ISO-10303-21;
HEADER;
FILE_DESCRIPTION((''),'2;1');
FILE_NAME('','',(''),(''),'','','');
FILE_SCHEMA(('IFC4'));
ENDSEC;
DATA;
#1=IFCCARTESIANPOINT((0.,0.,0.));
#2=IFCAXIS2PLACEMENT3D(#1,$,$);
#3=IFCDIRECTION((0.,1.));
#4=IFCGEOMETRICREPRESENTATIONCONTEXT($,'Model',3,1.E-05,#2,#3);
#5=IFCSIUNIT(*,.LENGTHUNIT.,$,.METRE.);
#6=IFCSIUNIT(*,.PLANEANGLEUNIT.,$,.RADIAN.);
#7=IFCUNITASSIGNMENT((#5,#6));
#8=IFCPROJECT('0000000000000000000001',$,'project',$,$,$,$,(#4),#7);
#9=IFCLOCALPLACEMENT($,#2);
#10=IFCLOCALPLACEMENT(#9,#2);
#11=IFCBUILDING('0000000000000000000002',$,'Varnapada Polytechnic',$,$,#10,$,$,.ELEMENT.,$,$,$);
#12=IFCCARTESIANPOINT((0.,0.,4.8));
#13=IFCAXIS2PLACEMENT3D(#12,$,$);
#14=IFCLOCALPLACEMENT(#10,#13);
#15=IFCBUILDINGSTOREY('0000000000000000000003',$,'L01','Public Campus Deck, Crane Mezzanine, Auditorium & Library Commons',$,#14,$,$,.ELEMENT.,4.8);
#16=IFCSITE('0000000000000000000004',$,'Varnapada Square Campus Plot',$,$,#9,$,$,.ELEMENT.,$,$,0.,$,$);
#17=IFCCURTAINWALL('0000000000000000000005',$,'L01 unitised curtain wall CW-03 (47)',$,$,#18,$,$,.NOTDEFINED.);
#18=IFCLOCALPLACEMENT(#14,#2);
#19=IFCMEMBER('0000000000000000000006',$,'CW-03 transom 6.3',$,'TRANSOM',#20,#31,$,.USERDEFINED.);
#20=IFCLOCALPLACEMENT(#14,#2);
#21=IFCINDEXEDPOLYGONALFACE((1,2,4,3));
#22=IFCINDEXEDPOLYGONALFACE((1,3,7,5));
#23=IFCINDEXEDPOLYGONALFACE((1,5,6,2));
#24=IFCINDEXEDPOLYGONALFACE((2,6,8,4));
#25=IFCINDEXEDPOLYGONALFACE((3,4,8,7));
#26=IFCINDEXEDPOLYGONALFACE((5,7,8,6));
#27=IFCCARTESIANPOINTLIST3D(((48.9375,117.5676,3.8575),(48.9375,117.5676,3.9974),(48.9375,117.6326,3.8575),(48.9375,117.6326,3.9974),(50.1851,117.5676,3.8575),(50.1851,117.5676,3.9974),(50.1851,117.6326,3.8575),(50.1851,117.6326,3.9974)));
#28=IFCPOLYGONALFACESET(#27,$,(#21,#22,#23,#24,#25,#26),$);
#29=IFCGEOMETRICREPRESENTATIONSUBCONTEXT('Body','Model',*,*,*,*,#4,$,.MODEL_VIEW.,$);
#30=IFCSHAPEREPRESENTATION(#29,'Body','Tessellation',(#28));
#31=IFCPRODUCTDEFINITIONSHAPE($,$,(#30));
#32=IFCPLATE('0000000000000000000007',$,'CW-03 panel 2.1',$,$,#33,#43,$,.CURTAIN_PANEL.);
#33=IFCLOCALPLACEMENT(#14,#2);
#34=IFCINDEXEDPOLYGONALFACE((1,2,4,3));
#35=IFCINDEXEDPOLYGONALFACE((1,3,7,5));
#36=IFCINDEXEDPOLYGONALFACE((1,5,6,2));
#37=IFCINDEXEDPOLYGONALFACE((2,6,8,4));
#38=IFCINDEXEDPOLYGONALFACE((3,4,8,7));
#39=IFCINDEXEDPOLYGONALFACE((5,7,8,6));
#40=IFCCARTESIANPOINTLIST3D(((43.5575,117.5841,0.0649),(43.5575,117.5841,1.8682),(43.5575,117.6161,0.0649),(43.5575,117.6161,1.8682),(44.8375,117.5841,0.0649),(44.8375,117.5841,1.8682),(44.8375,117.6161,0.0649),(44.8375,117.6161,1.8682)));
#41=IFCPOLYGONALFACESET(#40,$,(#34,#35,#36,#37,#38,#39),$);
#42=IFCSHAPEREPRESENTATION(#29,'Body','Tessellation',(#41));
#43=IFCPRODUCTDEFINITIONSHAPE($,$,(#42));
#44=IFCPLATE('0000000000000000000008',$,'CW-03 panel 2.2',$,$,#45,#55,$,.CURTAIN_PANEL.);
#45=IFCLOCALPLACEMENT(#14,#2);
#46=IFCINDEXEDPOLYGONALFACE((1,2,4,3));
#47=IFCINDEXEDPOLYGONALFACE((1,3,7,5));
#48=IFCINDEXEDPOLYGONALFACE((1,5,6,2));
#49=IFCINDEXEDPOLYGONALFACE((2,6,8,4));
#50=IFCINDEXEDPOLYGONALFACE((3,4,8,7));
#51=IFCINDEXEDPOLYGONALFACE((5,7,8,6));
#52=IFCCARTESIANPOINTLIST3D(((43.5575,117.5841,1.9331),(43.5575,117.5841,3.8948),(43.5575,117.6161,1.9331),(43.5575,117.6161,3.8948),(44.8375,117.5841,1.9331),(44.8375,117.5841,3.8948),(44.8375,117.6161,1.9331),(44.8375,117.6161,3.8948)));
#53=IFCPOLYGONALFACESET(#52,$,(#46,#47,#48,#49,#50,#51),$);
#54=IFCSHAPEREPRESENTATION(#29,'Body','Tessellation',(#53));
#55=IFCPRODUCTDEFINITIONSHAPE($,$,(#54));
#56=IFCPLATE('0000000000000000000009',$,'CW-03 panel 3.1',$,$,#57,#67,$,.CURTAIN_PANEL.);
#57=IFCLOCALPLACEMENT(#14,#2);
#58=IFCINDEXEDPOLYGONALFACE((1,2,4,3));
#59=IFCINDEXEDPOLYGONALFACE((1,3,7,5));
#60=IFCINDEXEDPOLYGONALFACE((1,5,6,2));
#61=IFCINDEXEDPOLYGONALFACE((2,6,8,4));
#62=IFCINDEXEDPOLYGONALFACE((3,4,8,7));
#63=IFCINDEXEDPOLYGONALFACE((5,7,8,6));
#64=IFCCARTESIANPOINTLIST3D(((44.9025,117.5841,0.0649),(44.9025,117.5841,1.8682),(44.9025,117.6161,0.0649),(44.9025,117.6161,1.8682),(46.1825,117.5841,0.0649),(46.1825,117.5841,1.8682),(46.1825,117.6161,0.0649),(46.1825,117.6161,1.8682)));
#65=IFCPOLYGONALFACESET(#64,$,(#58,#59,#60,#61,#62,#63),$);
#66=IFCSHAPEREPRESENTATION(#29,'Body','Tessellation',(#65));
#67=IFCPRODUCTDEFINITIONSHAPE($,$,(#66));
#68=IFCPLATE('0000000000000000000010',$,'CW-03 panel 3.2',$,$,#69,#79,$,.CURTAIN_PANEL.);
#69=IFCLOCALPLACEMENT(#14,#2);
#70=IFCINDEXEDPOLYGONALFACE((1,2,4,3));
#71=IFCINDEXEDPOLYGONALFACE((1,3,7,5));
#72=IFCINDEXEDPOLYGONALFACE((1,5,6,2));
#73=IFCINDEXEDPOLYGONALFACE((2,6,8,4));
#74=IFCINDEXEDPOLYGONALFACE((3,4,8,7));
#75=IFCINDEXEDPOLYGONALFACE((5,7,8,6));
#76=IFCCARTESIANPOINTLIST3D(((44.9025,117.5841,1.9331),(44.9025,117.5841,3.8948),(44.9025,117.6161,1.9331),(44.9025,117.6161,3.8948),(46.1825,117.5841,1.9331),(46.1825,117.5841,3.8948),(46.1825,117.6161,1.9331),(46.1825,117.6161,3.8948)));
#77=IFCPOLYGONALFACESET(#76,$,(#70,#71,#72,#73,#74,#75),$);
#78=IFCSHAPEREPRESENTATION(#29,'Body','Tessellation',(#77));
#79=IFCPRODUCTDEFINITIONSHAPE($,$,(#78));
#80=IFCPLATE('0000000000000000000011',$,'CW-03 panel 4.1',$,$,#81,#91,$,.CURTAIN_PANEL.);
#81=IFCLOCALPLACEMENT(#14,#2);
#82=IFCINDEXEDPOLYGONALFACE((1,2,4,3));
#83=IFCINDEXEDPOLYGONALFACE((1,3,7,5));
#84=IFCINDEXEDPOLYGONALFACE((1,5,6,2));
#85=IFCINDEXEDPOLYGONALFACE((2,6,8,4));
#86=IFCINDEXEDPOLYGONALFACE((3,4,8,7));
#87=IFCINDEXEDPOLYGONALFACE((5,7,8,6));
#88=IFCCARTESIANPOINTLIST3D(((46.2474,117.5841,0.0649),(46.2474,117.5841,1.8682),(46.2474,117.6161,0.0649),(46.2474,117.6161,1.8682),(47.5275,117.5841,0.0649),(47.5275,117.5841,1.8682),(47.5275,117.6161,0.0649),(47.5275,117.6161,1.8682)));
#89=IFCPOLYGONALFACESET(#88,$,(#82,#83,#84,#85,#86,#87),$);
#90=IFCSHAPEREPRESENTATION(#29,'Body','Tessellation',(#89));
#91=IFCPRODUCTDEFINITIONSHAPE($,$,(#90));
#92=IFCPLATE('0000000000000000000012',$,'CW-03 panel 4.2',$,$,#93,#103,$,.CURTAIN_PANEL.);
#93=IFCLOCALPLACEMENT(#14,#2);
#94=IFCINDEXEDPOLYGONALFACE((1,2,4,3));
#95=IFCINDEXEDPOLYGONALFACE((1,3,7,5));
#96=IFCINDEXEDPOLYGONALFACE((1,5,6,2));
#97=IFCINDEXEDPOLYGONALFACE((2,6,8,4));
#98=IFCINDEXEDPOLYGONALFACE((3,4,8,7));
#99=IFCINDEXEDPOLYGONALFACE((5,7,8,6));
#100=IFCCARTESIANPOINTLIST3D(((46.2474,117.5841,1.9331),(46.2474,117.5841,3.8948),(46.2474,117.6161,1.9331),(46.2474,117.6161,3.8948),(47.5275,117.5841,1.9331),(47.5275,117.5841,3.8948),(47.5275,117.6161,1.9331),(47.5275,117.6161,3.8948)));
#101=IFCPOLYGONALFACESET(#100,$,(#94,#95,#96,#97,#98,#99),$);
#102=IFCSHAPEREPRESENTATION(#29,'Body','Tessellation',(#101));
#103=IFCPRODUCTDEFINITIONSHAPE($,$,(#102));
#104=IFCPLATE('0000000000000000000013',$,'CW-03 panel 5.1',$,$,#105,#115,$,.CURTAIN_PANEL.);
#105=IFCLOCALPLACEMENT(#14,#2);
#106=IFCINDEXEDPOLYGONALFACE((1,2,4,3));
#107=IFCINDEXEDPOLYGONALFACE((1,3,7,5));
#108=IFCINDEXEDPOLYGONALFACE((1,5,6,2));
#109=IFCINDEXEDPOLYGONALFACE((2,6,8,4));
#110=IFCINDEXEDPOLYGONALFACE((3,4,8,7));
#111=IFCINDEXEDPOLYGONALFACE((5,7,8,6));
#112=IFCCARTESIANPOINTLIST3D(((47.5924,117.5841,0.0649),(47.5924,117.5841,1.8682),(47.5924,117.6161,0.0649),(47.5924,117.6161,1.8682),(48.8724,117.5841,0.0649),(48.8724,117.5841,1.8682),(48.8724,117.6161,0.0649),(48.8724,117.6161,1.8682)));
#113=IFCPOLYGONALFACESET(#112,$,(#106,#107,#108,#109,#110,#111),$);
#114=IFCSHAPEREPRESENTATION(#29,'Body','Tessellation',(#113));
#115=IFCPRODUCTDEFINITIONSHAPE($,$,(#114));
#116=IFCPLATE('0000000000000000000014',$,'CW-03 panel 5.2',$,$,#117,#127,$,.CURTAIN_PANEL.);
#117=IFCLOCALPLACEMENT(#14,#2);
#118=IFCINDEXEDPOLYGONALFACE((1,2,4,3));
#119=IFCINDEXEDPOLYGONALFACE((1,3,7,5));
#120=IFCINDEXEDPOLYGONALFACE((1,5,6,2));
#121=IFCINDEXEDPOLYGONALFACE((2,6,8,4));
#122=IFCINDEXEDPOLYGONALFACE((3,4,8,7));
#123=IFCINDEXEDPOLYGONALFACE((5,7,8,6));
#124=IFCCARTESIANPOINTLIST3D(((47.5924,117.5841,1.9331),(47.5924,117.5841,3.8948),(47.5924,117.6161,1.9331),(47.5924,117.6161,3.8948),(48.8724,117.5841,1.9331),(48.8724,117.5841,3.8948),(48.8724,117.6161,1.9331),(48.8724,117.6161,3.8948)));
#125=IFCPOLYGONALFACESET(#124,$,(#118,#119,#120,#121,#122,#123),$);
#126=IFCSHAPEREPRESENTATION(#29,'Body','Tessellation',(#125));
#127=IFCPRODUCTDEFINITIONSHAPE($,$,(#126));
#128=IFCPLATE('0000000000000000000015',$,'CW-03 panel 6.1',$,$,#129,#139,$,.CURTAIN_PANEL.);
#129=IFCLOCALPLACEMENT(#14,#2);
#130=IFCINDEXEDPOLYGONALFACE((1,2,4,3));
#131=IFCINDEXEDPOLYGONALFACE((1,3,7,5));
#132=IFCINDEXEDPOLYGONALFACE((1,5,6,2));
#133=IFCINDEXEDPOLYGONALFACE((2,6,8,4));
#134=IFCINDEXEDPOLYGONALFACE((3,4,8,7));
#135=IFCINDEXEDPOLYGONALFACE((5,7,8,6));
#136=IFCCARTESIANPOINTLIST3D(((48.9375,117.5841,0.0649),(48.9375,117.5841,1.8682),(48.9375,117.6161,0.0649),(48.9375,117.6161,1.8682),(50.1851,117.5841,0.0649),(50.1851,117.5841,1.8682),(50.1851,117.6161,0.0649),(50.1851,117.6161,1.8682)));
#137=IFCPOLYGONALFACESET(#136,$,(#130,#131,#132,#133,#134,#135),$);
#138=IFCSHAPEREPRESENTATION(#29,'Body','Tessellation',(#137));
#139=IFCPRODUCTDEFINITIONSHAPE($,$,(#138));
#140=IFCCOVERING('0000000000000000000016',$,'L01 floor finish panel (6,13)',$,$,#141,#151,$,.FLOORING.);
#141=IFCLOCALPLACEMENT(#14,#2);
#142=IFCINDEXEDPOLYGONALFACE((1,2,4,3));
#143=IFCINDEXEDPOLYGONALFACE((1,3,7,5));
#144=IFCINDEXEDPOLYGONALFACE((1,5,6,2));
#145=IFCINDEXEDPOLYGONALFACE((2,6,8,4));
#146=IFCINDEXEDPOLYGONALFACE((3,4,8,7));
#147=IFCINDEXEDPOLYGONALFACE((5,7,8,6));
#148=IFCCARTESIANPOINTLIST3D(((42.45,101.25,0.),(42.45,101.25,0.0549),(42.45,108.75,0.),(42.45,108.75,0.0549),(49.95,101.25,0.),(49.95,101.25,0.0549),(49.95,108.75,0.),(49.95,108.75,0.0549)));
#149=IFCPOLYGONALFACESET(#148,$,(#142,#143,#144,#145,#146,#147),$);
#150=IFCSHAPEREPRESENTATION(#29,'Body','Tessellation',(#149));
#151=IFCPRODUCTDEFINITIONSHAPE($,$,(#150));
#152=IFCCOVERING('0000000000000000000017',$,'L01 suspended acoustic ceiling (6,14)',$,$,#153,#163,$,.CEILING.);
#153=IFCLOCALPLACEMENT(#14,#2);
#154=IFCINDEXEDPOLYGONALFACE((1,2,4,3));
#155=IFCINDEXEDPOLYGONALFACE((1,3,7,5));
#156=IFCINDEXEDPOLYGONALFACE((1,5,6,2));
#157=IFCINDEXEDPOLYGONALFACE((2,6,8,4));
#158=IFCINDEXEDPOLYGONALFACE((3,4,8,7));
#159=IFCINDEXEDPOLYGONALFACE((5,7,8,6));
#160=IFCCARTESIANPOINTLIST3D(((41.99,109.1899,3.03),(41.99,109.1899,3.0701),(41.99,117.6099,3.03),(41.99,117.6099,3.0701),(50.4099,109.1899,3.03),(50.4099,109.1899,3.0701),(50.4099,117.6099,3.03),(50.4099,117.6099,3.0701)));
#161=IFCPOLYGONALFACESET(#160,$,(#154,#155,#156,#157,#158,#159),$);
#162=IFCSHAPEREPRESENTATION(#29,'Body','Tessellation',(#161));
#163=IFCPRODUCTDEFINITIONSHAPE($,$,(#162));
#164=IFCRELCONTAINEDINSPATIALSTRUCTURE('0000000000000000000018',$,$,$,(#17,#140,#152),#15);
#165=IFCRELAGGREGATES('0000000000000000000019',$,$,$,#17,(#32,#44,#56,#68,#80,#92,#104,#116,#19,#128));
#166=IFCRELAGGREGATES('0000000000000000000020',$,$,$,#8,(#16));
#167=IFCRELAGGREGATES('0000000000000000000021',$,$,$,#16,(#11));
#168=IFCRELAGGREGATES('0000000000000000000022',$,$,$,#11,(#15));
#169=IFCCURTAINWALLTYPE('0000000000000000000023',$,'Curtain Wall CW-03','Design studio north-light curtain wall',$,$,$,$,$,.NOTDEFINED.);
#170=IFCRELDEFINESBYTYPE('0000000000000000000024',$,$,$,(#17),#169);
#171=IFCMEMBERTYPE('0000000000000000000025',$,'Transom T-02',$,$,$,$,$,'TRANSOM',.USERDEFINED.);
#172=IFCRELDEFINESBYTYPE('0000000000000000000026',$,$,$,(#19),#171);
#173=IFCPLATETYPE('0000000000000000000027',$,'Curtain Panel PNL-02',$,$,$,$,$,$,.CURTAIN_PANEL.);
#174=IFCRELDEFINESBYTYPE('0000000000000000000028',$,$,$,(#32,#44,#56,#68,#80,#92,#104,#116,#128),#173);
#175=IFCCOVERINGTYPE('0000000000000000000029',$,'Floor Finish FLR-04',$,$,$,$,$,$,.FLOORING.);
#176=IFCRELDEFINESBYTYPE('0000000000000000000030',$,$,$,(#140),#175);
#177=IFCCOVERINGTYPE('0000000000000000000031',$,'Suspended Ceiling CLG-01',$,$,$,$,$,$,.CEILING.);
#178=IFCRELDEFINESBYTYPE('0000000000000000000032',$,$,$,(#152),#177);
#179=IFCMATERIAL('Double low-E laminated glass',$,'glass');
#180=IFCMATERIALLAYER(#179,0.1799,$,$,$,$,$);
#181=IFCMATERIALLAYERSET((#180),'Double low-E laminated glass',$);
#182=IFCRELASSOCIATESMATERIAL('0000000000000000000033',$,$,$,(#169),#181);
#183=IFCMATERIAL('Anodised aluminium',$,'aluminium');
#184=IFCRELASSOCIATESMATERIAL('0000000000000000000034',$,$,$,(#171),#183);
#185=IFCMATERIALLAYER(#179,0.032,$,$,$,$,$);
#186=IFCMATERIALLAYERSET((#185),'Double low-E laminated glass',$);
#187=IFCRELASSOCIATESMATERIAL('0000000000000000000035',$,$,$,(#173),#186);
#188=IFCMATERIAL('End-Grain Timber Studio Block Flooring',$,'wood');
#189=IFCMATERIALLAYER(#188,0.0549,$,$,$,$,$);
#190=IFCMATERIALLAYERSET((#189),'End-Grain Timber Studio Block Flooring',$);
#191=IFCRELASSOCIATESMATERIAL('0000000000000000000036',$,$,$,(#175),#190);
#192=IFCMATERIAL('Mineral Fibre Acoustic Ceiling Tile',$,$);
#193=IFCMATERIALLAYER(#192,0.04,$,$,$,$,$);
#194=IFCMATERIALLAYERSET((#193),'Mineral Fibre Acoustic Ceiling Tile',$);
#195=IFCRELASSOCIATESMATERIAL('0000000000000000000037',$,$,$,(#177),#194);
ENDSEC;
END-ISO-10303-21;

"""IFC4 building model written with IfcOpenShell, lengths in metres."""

from ifc_helpers import new_model, si_unit, direction, frame, origin, origin_2d, place, context, subcontext, project, spatial, rectangle, extrude, material, layer, layer_set, material_profile, profile_set, type_object, element, aggregate, save


model = new_model("IFC4")

# Units and contexts
model_context = context("Model", 3, precision=1e-05, world=origin(), true_north=direction((0.0, 1.0)))
body_context = subcontext(model_context, "Body", "Model", "MODEL_VIEW")
ifc_project = project(units=[si_unit("LENGTHUNIT", "METRE"), si_unit("PLANEANGLEUNIT", "RADIAN")], contexts=[model_context])

# Site, building, storey
site_placement = place(None, origin())
site = spatial("IfcSite", under=ifc_project, at=site_placement, Name="Varnapada Square Campus Plot", CompositionType="ELEMENT", RefElevation=0.0)
building_placement = place(site_placement, origin())
building = spatial("IfcBuilding", under=site, at=building_placement, Name="Varnapada Polytechnic", CompositionType="ELEMENT")
storey_placement = place(building_placement, frame((0.0, 0.0, 4.8)))
storey = spatial("IfcBuildingStorey", under=building, at=storey_placement, Name="L01", Description="Public Campus Deck, Crane Mezzanine, Auditorium & Library Commons", CompositionType="ELEMENT", Elevation=4.8)

# Curtain wall, member, plates
ifc_material_1 = material(Name="Double low-E laminated glass", Category="glass")
ifc_layer_1 = layer(ifc_material_1, 0.1799)
ifc_layer_set_1 = layer_set([ifc_layer_1], Name="Double low-E laminated glass")
curtain_wall_type = type_object("IfcCurtainWallType", Name="Curtain Wall CW-03", Description="Design studio north-light curtain wall", PredefinedType="NOTDEFINED", material=ifc_layer_set_1)
curtain_wall_placement = place(storey_placement, origin())
curtain_wall = element("IfcCurtainWall", 1, at=curtain_wall_placement, inside=storey, type_object=curtain_wall_type, Name="L01 unitised curtain wall CW-03 (47)", PredefinedType="NOTDEFINED")
ifc_material_2 = material(Name="Anodised aluminium", Category="aluminium")
ifc_material_profile_1 = material_profile(ifc_material_2, rectangle(XDim=0.0649, YDim=0.1399, at=origin_2d()), Name="ALU T65x140")
ifc_profile_set_1 = profile_set([ifc_material_profile_1], Name="Anodised aluminium")
member_type_1 = type_object("IfcMemberType", Name="Transom T-02", ElementType="TRANSOM", PredefinedType="USERDEFINED", material=ifc_profile_set_1)
member_1_placement = place(storey_placement, frame((48.9375, 117.6001, 3.9275), z_axis=(1.0, 0.0, 0.0), x_axis=(0.0, 1.0, 0.0)))
member_1 = element("IfcMember", 2, at=member_1_placement, type_object=member_type_1, Name="CW-03 transom 6.3", ObjectType="TRANSOM", PredefinedType="USERDEFINED", context=body_context, shape_type="SweptSolid", body=[
    extrude(rectangle(XDim=0.0649, YDim=0.1399, at=origin_2d()), origin(), (0.0, 0.0, 1.0), 1.2476),
])
ifc_layer_2 = layer(ifc_material_1, 0.032)
ifc_layer_set_2 = layer_set([ifc_layer_2], Name="Double low-E laminated glass")
plate_type = type_object("IfcPlateType", Name="Curtain Panel PNL-02", PredefinedType="CURTAIN_PANEL", material=ifc_layer_set_2)
plate_1_placement = place(storey_placement, frame((44.1975, 117.6001, 0.0649), z_axis=(0.0, 0.0, 1.0), x_axis=(1.0, 0.0, 0.0)))
plate_1 = element("IfcPlate", 3, at=plate_1_placement, type_object=plate_type, Name="CW-03 panel 2.1", PredefinedType="CURTAIN_PANEL", context=body_context, shape_type="SweptSolid", body=[
    extrude(rectangle(XDim=1.28, YDim=0.032, at=origin_2d()), origin(), (0.0, 0.0, 1.0), 1.8032),
])
plate_2_placement = place(storey_placement, frame((44.1975, 117.6001, 1.9331), z_axis=(0.0, 0.0, 1.0), x_axis=(1.0, 0.0, 0.0)))
plate_2 = element("IfcPlate", 4, at=plate_2_placement, type_object=plate_type, Name="CW-03 panel 2.2", PredefinedType="CURTAIN_PANEL", context=body_context, shape_type="SweptSolid", body=[
    extrude(rectangle(XDim=1.28, YDim=0.032, at=origin_2d()), origin(), (0.0, 0.0, 1.0), 1.9617),
])
plate_3_placement = place(storey_placement, frame((45.5425, 117.6001, 0.0649), z_axis=(0.0, 0.0, 1.0), x_axis=(1.0, 0.0, 0.0)))
plate_3 = element("IfcPlate", 5, at=plate_3_placement, type_object=plate_type, Name="CW-03 panel 3.1", PredefinedType="CURTAIN_PANEL", context=body_context, shape_type="SweptSolid", body=[
    extrude(rectangle(XDim=1.28, YDim=0.032, at=origin_2d()), origin(), (0.0, 0.0, 1.0), 1.8032),
])
plate_4_placement = place(storey_placement, frame((45.5425, 117.6001, 1.9331), z_axis=(0.0, 0.0, 1.0), x_axis=(1.0, 0.0, 0.0)))
plate_4 = element("IfcPlate", 6, at=plate_4_placement, type_object=plate_type, Name="CW-03 panel 3.2", PredefinedType="CURTAIN_PANEL", context=body_context, shape_type="SweptSolid", body=[
    extrude(rectangle(XDim=1.28, YDim=0.032, at=origin_2d()), origin(), (0.0, 0.0, 1.0), 1.9617),
])
plate_5_placement = place(storey_placement, frame((46.8875, 117.6001, 0.0649), z_axis=(0.0, 0.0, 1.0), x_axis=(1.0, 0.0, 0.0)))
plate_5 = element("IfcPlate", 7, at=plate_5_placement, type_object=plate_type, Name="CW-03 panel 4.1", PredefinedType="CURTAIN_PANEL", context=body_context, shape_type="SweptSolid", body=[
    extrude(rectangle(XDim=1.28, YDim=0.032, at=origin_2d()), origin(), (0.0, 0.0, 1.0), 1.8032),
])
plate_6_placement = place(storey_placement, frame((46.8875, 117.6001, 1.9331), z_axis=(0.0, 0.0, 1.0), x_axis=(1.0, 0.0, 0.0)))
plate_6 = element("IfcPlate", 8, at=plate_6_placement, type_object=plate_type, Name="CW-03 panel 4.2", PredefinedType="CURTAIN_PANEL", context=body_context, shape_type="SweptSolid", body=[
    extrude(rectangle(XDim=1.28, YDim=0.032, at=origin_2d()), origin(), (0.0, 0.0, 1.0), 1.9617),
])
plate_7_placement = place(storey_placement, frame((48.2324, 117.6001, 0.0649), z_axis=(0.0, 0.0, 1.0), x_axis=(1.0, 0.0, 0.0)))
plate_7 = element("IfcPlate", 9, at=plate_7_placement, type_object=plate_type, Name="CW-03 panel 5.1", PredefinedType="CURTAIN_PANEL", context=body_context, shape_type="SweptSolid", body=[
    extrude(rectangle(XDim=1.28, YDim=0.032, at=origin_2d()), origin(), (0.0, 0.0, 1.0), 1.8032),
])
plate_8_placement = place(storey_placement, frame((48.2324, 117.6001, 1.9331), z_axis=(0.0, 0.0, 1.0), x_axis=(1.0, 0.0, 0.0)))
plate_8 = element("IfcPlate", 10, at=plate_8_placement, type_object=plate_type, Name="CW-03 panel 5.2", PredefinedType="CURTAIN_PANEL", context=body_context, shape_type="SweptSolid", body=[
    extrude(rectangle(XDim=1.28, YDim=0.032, at=origin_2d()), origin(), (0.0, 0.0, 1.0), 1.9617),
])
plate_9_placement = place(storey_placement, frame((49.5613, 117.6001, 0.0649), z_axis=(0.0, 0.0, 1.0), x_axis=(1.0, 0.0, 0.0)))
plate_9 = element("IfcPlate", 11, at=plate_9_placement, type_object=plate_type, Name="CW-03 panel 6.1", PredefinedType="CURTAIN_PANEL", context=body_context, shape_type="SweptSolid", body=[
    extrude(rectangle(XDim=1.2476, YDim=0.032, at=origin_2d()), origin(), (0.0, 0.0, 1.0), 1.8032),
])
aggregate(curtain_wall, [plate_1, plate_2, plate_3, plate_4, plate_5, plate_6, plate_7, plate_8, member_1, plate_9])

# Coverings
ifc_material_3 = material(Name="End-Grain Timber Studio Block Flooring", Category="wood")
ifc_layer_3 = layer(ifc_material_3, 0.0549)
ifc_layer_set_3 = layer_set([ifc_layer_3], Name="End-Grain Timber Studio Block Flooring")
covering_type_1 = type_object("IfcCoveringType", Name="Floor Finish FLR-04", PredefinedType="FLOORING", material=ifc_layer_set_3)
covering_1_placement = place(storey_placement, frame((46.2, 105.0, 0.0), z_axis=(0.0, 0.0, 1.0), x_axis=(1.0, 0.0, 0.0)))
element("IfcCovering", 12, at=covering_1_placement, inside=storey, type_object=covering_type_1, Name="L01 floor finish panel (6,13)", PredefinedType="FLOORING", context=body_context, shape_type="SweptSolid", body=[
    extrude(rectangle(XDim=7.5, YDim=7.5, at=origin_2d()), origin(), (0.0, 0.0, 1.0), 0.0549),
])
ifc_material_4 = material(Name="Mineral Fibre Acoustic Ceiling Tile")
ifc_layer_4 = layer(ifc_material_4, 0.04)
ifc_layer_set_4 = layer_set([ifc_layer_4], Name="Mineral Fibre Acoustic Ceiling Tile")
covering_type_2 = type_object("IfcCoveringType", Name="Suspended Ceiling CLG-01", PredefinedType="CEILING", material=ifc_layer_set_4)
covering_2_placement = place(storey_placement, frame((46.2, 113.3999, 3.03), z_axis=(0.0, 0.0, 1.0), x_axis=(1.0, 0.0, 0.0)))
element("IfcCovering", 13, at=covering_2_placement, inside=storey, type_object=covering_type_2, Name="L01 suspended acoustic ceiling (6,14)", PredefinedType="CEILING", context=body_context, shape_type="SweptSolid", body=[
    extrude(rectangle(XDim=8.4199, YDim=8.4199, at=origin_2d()), origin(), (0.0, 0.0, 1.0), 0.04),
])

save(model, "model.ifc")
